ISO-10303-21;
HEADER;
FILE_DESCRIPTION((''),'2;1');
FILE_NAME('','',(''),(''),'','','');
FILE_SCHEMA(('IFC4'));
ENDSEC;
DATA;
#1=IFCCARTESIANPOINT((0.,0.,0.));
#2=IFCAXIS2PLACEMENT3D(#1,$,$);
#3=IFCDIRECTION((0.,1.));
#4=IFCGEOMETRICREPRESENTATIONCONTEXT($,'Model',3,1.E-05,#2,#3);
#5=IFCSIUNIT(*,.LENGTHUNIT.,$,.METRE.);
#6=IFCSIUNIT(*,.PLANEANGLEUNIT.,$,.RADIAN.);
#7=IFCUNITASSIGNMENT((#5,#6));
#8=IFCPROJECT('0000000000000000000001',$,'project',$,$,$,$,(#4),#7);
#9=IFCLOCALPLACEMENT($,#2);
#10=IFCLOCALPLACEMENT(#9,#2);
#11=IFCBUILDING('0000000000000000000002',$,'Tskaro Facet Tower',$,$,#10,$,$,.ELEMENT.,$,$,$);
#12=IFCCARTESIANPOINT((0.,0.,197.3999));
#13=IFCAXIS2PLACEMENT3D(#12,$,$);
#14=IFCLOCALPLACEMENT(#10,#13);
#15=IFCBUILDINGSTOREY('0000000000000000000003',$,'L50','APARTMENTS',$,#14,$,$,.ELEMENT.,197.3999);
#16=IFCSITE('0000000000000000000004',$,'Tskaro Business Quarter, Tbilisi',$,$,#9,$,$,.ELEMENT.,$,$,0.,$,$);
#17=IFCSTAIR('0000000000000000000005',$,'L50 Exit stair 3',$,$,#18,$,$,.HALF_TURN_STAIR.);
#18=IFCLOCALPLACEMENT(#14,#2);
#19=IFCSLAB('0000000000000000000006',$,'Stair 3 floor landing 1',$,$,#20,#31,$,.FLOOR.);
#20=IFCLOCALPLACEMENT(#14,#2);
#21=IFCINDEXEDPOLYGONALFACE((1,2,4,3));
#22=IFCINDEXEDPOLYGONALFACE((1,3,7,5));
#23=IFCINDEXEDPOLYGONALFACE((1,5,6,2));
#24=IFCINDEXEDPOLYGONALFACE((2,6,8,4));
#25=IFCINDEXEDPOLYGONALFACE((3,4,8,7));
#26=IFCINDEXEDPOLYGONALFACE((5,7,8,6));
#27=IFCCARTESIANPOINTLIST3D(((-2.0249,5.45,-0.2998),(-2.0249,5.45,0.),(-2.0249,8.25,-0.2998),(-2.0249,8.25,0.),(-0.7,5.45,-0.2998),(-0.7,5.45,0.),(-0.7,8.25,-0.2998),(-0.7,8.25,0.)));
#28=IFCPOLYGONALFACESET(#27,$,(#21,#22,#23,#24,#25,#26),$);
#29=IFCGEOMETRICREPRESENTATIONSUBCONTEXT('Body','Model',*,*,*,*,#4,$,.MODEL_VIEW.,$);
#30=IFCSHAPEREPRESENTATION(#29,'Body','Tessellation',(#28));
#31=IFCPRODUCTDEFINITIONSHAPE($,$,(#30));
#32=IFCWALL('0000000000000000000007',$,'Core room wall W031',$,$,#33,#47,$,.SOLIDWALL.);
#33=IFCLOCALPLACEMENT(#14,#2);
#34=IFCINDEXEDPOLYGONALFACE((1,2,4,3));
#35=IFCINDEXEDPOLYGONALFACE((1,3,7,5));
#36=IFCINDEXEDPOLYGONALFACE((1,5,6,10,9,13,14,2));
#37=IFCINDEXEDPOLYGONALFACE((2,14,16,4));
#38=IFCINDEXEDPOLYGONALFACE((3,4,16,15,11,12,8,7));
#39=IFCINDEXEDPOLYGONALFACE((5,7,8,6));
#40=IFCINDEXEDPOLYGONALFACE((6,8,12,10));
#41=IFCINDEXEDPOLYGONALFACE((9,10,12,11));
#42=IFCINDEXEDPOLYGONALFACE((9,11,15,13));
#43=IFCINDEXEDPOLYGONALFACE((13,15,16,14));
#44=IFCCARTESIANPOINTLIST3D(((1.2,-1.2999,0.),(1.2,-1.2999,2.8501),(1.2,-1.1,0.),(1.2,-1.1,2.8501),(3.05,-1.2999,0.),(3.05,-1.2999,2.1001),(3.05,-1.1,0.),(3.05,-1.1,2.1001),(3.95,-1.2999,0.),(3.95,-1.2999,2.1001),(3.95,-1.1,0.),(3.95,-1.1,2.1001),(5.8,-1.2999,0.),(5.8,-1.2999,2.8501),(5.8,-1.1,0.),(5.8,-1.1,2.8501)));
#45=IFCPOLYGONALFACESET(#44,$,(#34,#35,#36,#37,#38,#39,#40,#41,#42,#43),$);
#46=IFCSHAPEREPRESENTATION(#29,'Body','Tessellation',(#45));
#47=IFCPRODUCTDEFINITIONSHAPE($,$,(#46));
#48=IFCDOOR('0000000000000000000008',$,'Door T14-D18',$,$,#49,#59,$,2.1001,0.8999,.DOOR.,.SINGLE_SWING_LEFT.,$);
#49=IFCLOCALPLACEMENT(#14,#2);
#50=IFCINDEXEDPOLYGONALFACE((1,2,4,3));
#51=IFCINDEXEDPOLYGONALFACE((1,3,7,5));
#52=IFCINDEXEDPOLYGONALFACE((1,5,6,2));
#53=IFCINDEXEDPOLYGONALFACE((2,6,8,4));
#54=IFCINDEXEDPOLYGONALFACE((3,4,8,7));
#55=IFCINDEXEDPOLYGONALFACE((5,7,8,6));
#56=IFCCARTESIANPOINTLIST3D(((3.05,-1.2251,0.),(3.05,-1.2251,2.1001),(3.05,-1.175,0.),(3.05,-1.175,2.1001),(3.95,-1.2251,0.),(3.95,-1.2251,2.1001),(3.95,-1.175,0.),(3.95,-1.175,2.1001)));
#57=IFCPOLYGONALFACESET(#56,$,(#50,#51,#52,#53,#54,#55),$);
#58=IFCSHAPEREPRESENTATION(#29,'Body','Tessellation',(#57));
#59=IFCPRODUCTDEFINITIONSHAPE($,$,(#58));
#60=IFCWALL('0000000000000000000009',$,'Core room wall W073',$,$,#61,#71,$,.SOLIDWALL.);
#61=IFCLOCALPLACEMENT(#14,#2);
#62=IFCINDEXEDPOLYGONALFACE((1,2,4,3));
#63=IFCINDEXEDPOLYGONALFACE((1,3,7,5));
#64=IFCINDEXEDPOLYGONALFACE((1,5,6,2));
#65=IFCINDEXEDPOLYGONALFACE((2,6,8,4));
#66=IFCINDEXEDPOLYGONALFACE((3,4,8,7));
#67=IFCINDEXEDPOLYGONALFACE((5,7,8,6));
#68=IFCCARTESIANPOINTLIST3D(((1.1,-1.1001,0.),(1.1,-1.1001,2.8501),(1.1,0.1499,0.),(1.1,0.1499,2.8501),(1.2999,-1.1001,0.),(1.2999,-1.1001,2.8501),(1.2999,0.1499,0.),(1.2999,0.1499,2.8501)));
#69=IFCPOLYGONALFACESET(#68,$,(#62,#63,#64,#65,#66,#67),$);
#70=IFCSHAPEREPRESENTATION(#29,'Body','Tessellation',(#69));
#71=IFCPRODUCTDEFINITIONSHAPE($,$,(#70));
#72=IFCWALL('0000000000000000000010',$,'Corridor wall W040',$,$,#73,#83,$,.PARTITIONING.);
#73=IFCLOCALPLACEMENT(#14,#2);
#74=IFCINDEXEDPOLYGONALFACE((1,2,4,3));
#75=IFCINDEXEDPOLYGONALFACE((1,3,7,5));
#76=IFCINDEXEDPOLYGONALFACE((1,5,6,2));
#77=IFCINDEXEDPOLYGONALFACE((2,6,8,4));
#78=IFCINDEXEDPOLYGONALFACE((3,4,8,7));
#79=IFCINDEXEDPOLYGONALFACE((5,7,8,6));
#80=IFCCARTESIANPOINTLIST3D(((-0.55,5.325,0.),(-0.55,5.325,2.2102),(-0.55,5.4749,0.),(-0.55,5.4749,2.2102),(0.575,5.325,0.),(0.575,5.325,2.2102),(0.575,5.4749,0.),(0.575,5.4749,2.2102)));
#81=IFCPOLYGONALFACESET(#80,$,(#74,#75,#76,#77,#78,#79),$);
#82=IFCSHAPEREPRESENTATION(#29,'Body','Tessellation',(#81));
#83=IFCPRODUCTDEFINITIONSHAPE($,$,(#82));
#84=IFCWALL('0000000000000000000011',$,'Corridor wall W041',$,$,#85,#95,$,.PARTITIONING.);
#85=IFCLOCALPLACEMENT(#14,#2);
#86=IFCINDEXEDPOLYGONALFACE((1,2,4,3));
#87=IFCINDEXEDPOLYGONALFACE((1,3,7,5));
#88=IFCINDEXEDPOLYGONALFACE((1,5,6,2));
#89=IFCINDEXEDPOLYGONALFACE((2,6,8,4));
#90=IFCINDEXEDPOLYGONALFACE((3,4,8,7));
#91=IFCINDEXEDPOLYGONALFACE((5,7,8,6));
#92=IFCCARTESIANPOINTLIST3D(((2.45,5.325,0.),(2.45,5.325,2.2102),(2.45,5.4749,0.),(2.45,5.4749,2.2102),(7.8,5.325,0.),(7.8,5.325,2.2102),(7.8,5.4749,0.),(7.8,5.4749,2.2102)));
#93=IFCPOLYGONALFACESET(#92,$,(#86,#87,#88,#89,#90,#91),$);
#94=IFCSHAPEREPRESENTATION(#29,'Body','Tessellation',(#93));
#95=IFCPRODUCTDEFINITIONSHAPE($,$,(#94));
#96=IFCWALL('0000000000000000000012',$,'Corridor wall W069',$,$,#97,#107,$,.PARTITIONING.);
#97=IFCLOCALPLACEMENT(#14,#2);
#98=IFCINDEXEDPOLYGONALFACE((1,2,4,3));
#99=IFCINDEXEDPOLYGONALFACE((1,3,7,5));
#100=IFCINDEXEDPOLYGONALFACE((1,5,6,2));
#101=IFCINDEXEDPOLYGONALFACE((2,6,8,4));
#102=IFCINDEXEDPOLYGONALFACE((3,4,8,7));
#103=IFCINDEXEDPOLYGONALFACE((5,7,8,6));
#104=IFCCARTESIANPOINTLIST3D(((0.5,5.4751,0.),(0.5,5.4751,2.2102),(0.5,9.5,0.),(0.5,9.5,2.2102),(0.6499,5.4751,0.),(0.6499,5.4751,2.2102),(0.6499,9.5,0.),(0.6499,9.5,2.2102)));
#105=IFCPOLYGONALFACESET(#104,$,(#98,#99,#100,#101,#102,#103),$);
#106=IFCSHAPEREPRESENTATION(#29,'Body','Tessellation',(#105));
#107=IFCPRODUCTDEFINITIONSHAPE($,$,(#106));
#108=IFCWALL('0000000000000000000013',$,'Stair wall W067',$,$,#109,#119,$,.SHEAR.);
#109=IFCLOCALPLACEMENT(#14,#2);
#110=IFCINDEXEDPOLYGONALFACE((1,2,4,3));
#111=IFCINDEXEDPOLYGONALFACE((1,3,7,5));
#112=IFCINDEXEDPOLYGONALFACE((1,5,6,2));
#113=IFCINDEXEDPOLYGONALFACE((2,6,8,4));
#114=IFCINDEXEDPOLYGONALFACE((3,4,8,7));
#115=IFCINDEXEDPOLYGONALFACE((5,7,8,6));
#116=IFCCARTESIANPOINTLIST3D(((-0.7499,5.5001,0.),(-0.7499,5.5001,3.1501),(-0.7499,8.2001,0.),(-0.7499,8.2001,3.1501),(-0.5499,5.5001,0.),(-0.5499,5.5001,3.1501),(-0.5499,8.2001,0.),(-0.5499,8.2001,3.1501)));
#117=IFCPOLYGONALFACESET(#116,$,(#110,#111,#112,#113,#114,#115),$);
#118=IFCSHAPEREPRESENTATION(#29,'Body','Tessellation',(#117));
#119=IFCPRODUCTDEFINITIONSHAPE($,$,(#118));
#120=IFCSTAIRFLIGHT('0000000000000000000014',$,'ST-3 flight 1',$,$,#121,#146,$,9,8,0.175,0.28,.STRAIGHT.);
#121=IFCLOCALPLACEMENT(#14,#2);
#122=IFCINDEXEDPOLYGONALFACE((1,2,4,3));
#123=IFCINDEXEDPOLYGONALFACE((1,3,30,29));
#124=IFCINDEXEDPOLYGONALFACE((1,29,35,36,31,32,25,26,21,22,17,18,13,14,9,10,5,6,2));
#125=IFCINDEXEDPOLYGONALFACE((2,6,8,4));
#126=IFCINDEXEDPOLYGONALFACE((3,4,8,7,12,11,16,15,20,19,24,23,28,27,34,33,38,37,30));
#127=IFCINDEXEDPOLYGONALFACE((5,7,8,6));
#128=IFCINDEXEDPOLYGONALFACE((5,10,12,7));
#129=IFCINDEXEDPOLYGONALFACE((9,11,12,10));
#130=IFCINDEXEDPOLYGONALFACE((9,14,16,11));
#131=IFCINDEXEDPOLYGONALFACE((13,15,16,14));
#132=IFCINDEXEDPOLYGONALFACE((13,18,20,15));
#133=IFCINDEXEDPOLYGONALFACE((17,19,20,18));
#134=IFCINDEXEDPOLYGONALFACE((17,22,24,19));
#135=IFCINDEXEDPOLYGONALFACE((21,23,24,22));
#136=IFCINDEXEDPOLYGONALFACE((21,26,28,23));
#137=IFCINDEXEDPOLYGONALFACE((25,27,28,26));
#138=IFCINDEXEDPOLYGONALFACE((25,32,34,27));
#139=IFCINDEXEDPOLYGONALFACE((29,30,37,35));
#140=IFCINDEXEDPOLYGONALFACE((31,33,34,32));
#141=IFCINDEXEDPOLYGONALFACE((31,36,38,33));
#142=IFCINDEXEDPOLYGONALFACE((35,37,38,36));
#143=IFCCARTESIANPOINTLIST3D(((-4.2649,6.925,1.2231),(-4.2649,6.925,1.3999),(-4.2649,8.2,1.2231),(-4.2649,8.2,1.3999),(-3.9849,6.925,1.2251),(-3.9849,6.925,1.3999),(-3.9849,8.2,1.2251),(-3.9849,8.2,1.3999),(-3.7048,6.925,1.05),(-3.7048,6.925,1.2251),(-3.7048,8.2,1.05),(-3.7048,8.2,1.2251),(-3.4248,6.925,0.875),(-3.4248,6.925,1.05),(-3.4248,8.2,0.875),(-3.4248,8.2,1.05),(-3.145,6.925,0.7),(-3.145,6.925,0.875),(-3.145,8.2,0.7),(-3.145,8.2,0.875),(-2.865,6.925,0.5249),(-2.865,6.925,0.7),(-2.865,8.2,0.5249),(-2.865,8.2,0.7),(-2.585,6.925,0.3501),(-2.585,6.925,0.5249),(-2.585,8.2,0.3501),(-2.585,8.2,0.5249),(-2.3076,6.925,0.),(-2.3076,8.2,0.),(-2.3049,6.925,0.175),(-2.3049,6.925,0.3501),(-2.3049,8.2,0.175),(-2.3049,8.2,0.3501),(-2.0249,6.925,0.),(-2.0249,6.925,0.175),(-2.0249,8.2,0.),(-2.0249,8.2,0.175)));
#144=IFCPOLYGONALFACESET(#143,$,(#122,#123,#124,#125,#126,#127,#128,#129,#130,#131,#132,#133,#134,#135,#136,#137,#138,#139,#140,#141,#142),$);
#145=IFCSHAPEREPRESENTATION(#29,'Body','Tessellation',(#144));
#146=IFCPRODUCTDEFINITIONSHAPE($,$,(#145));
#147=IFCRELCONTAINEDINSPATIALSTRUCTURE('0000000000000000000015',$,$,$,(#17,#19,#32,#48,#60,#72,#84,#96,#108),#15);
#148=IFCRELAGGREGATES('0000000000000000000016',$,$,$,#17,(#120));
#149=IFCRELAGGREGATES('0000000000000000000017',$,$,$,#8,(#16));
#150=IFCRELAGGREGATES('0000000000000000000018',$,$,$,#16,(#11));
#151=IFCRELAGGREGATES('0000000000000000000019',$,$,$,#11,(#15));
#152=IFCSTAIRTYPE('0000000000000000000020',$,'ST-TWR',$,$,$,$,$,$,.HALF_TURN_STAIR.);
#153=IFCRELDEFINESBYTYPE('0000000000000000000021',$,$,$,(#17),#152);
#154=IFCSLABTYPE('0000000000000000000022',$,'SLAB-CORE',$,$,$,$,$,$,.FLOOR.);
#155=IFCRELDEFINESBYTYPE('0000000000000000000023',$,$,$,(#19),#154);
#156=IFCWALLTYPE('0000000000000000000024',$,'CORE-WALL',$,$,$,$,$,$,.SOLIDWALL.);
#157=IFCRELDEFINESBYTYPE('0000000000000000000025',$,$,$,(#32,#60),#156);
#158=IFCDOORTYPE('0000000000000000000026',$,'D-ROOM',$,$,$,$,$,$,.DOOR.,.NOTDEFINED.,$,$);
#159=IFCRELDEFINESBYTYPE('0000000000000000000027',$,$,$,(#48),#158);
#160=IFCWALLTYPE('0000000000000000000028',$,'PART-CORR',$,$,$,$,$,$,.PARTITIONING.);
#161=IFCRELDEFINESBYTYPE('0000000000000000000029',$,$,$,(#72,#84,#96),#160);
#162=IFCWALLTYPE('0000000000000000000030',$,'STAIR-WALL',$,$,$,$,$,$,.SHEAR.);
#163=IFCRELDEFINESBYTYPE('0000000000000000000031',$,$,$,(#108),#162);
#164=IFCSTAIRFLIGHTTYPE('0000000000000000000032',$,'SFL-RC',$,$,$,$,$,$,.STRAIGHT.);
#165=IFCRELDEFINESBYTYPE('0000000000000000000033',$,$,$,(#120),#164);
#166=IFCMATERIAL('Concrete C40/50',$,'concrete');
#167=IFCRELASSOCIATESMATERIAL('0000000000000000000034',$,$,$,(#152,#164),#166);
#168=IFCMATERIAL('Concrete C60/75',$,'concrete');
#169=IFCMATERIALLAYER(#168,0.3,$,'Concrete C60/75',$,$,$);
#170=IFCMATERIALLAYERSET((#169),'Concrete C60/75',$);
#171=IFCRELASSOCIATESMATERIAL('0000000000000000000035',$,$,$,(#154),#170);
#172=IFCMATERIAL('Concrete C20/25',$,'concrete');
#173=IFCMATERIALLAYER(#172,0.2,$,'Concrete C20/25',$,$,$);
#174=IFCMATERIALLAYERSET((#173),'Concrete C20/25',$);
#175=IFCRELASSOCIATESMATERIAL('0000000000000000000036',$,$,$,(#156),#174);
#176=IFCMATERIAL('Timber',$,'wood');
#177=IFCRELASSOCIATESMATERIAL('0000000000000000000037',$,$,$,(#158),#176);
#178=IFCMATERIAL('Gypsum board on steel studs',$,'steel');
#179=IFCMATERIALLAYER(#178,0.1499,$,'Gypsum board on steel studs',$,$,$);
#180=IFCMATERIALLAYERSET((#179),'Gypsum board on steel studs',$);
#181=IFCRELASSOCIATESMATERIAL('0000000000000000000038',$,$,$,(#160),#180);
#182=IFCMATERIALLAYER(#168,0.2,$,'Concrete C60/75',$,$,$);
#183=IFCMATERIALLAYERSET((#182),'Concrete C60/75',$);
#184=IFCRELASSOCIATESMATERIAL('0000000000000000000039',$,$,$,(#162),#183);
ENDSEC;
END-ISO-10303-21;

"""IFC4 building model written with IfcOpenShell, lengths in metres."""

from ifc_helpers import new_model, si_unit, direction, frame, frame_2d, origin, place, context, subcontext, project, spatial, polyline, rectangle, outline, extrude, material, layer, layer_set, type_object, element, fill, aggregate, save


model = new_model("IFC4")

# Units and contexts
model_context = context("Model", 3, precision=1e-05, world=origin(), true_north=direction((0.0, 1.0)))
body_context = subcontext(model_context, "Body", "Model", "MODEL_VIEW")
ifc_project = project(units=[si_unit("LENGTHUNIT", "METRE"), si_unit("PLANEANGLEUNIT", "RADIAN")], contexts=[model_context])

# Site, building, storey
site_placement = place(None, origin())
site = spatial("IfcSite", under=ifc_project, at=site_placement, Name="Tskaro Business Quarter, Tbilisi", CompositionType="ELEMENT", RefElevation=0.0)
building_placement = place(site_placement, origin())
building = spatial("IfcBuilding", under=site, at=building_placement, Name="Tskaro Facet Tower", CompositionType="ELEMENT")
storey_placement = place(building_placement, frame((0.0, 0.0, 197.3999)))
storey = spatial("IfcBuildingStorey", under=building, at=storey_placement, Name="L50", Description="APARTMENTS", CompositionType="ELEMENT", Elevation=197.3999)

# Stair
ifc_material_1 = material(Name="Concrete C40/50", Category="concrete")
stair_type = type_object("IfcStairType", Name="ST-TWR", PredefinedType="HALF_TURN_STAIR", material=ifc_material_1)
stair_1_placement = place(storey_placement, origin())
stair_1 = element("IfcStair", 1, at=stair_1_placement, inside=storey, type_object=stair_type, Name="L50 Exit stair 3", PredefinedType="HALF_TURN_STAIR")

# Slab
ifc_material_2 = material(Name="Concrete C60/75", Category="concrete")
ifc_layer_1 = layer(ifc_material_2, 0.3, Name="Concrete C60/75")
ifc_layer_set_1 = layer_set([ifc_layer_1], Name="Concrete C60/75")
slab_type_1 = type_object("IfcSlabType", Name="SLAB-CORE", PredefinedType="FLOOR", material=ifc_layer_set_1)
slab_1_placement = place(storey_placement, frame((0.0, 0.0, -0.2998)))
element("IfcSlab", 2, at=slab_1_placement, inside=storey, type_object=slab_type_1, Name="Stair 3 floor landing 1", PredefinedType="FLOOR", context=body_context, shape_type="SweptSolid", body=[
    extrude(outline(polyline([(-2.0249, 5.45), (-0.7, 5.45), (-0.7, 8.25), (-2.0249, 8.25), (-2.0249, 5.45)])), origin(), (0.0, 0.0, 1.0), 0.2998),
])

# Wall, opening, door
ifc_material_3 = material(Name="Concrete C20/25", Category="concrete")
ifc_layer_2 = layer(ifc_material_3, 0.2, Name="Concrete C20/25")
ifc_layer_set_2 = layer_set([ifc_layer_2], Name="Concrete C20/25")
wall_type_1 = type_object("IfcWallType", Name="CORE-WALL", PredefinedType="SOLIDWALL", material=ifc_layer_set_2)
wall_1_placement = place(storey_placement, frame((1.2, -1.2, 0.0), z_axis=(0.0, 0.0, 1.0), x_axis=(1.0, 0.0, 0.0)))
wall_1 = element("IfcWall", 3, at=wall_1_placement, inside=storey, type_object=wall_type_1, Name="Core room wall W031", PredefinedType="SOLIDWALL", context=body_context, shape_type="SweptSolid", body=[
    extrude(rectangle(XDim=4.6001, YDim=0.2, at=frame_2d((2.3, 0.0))), origin(), (0.0, 0.0, 1.0), 2.8501),
])
opening_placement = place(wall_1_placement, frame((1.8501, 0.0, 0.0)))
opening = element("IfcOpeningElement", 4, at=opening_placement, cuts=wall_1, PredefinedType="OPENING", context=body_context, shape_type="SweptSolid", body=[
    extrude(rectangle(XDim=0.8999, YDim=2.1001, at=frame_2d((0.45, 1.05))), frame((0.0, 0.1099, 0.0), z_axis=(0.0, -1.0, 0.0), x_axis=(1.0, 0.0, 0.0)), (0.0, 0.0, 1.0), 0.22),
])
ifc_material_4 = material(Name="Timber", Category="wood")
door_type = type_object("IfcDoorType", Name="D-ROOM", OperationType="NOTDEFINED", PredefinedType="DOOR", material=ifc_material_4)
door_placement = place(opening_placement, origin())
door = element("IfcDoor", 5, at=door_placement, inside=storey, type_object=door_type, Name="Door T14-D18", OperationType="SINGLE_SWING_LEFT", OverallHeight=2.1001, OverallWidth=0.8999, PredefinedType="DOOR", context=body_context, shape_type="SweptSolid", body=[
    extrude(rectangle(XDim=0.8999, YDim=2.1001, at=frame_2d((0.45, 1.05))), frame((0.0, 0.0249, 0.0), z_axis=(0.0, -1.0, 0.0), x_axis=(1.0, 0.0, 0.0)), (0.0, 0.0, 1.0), 0.05),
])
fill(opening, door)

# Walls
wall_2_placement = place(storey_placement, frame((1.2, -1.1001, 0.0), z_axis=(0.0, 0.0, 1.0), x_axis=(0.0, 1.0, 0.0)))
element("IfcWall", 6, at=wall_2_placement, inside=storey, type_object=wall_type_1, Name="Core room wall W073", PredefinedType="SOLIDWALL", context=body_context, shape_type="SweptSolid", body=[
    extrude(rectangle(XDim=1.25, YDim=0.2, at=frame_2d((0.625, 0.0))), origin(), (0.0, 0.0, 1.0), 2.8501),
])
ifc_material_5 = material(Name="Gypsum board on steel studs", Category="steel")
ifc_layer_3 = layer(ifc_material_5, 0.1499, Name="Gypsum board on steel studs")
ifc_layer_set_3 = layer_set([ifc_layer_3], Name="Gypsum board on steel studs")
wall_type_2 = type_object("IfcWallType", Name="PART-CORR", PredefinedType="PARTITIONING", material=ifc_layer_set_3)
wall_3_placement = place(storey_placement, frame((-0.55, 5.3999, 0.0), z_axis=(0.0, 0.0, 1.0), x_axis=(1.0, 0.0, 0.0)))
element("IfcWall", 7, at=wall_3_placement, inside=storey, type_object=wall_type_2, Name="Corridor wall W040", PredefinedType="PARTITIONING", context=body_context, shape_type="SweptSolid", body=[
    extrude(rectangle(XDim=1.125, YDim=0.1499, at=frame_2d((0.5625, 0.0))), origin(), (0.0, 0.0, 1.0), 2.2102),
])
wall_4_placement = place(storey_placement, frame((2.45, 5.3999, 0.0), z_axis=(0.0, 0.0, 1.0), x_axis=(1.0, 0.0, 0.0)))
element("IfcWall", 8, at=wall_4_placement, inside=storey, type_object=wall_type_2, Name="Corridor wall W041", PredefinedType="PARTITIONING", context=body_context, shape_type="SweptSolid", body=[
    extrude(rectangle(XDim=5.3501, YDim=0.1499, at=frame_2d((2.675, 0.0))), origin(), (0.0, 0.0, 1.0), 2.2102),
])
wall_5_placement = place(storey_placement, frame((0.575, 5.4751, 0.0), z_axis=(0.0, 0.0, 1.0), x_axis=(0.0, 1.0, 0.0)))
element("IfcWall", 9, at=wall_5_placement, inside=storey, type_object=wall_type_2, Name="Corridor wall W069", PredefinedType="PARTITIONING", context=body_context, shape_type="SweptSolid", body=[
    extrude(rectangle(XDim=4.0249, YDim=0.1499, at=frame_2d((2.0125, 0.0))), origin(), (0.0, 0.0, 1.0), 2.2102),
])
ifc_layer_4 = layer(ifc_material_2, 0.2, Name="Concrete C60/75")
ifc_layer_set_4 = layer_set([ifc_layer_4], Name="Concrete C60/75")
wall_type_3 = type_object("IfcWallType", Name="STAIR-WALL", PredefinedType="SHEAR", material=ifc_layer_set_4)
wall_6_placement = place(storey_placement, frame((-0.6499, 5.5, 0.0), z_axis=(0.0, 0.0, 1.0), x_axis=(0.0, 1.0, 0.0)))
element("IfcWall", 10, at=wall_6_placement, inside=storey, type_object=wall_type_3, Name="Stair wall W067", PredefinedType="SHEAR", context=body_context, shape_type="SweptSolid", body=[
    extrude(rectangle(XDim=2.7, YDim=0.2, at=frame_2d((1.3501, 0.0))), origin(), (0.0, 0.0, 1.0), 3.1501),
])

# Stair flight
stair_flight_type = type_object("IfcStairFlightType", Name="SFL-RC", PredefinedType="STRAIGHT", material=ifc_material_1)
stair_flight_placement = place(storey_placement, frame((-2.0249, 7.5625, 0.0), z_axis=(0.0, 0.0, 1.0), x_axis=(-1.0, 0.0, 0.0)))
stair_flight = element("IfcStairFlight", 11, at=stair_flight_placement, type_object=stair_flight_type, Name="ST-3 flight 1", NumberOfRisers=9, NumberOfTreads=8, PredefinedType="STRAIGHT", RiserHeight=0.175, TreadLength=0.28, context=body_context, shape_type="SweptSolid", body=[
    extrude(outline(polyline([(0.0, 0.0), (0.0, 0.175), (0.28, 0.175), (0.28, 0.3501), (0.5601, 0.3501), (0.5601, 0.5249), (0.8401, 0.5249), (0.8401, 0.7), (1.1201, 0.7), (1.1201, 0.875), (1.3999, 0.875), (1.3999, 1.05), (1.6799, 1.05), (1.6799, 1.2251), (1.96, 1.2251), (1.96, 1.3999), (2.24, 1.3999), (2.24, 1.575), (2.24, 1.2231), (0.2827, 0.0), (0.0, 0.0)])), frame((0.0, 0.6375, 0.0), z_axis=(0.0, -1.0, 0.0), x_axis=(1.0, 0.0, 0.0)), (0.0, 0.0, 1.0), 1.2749),
])
aggregate(stair_1, [stair_flight])

save(model, "model.ifc")
